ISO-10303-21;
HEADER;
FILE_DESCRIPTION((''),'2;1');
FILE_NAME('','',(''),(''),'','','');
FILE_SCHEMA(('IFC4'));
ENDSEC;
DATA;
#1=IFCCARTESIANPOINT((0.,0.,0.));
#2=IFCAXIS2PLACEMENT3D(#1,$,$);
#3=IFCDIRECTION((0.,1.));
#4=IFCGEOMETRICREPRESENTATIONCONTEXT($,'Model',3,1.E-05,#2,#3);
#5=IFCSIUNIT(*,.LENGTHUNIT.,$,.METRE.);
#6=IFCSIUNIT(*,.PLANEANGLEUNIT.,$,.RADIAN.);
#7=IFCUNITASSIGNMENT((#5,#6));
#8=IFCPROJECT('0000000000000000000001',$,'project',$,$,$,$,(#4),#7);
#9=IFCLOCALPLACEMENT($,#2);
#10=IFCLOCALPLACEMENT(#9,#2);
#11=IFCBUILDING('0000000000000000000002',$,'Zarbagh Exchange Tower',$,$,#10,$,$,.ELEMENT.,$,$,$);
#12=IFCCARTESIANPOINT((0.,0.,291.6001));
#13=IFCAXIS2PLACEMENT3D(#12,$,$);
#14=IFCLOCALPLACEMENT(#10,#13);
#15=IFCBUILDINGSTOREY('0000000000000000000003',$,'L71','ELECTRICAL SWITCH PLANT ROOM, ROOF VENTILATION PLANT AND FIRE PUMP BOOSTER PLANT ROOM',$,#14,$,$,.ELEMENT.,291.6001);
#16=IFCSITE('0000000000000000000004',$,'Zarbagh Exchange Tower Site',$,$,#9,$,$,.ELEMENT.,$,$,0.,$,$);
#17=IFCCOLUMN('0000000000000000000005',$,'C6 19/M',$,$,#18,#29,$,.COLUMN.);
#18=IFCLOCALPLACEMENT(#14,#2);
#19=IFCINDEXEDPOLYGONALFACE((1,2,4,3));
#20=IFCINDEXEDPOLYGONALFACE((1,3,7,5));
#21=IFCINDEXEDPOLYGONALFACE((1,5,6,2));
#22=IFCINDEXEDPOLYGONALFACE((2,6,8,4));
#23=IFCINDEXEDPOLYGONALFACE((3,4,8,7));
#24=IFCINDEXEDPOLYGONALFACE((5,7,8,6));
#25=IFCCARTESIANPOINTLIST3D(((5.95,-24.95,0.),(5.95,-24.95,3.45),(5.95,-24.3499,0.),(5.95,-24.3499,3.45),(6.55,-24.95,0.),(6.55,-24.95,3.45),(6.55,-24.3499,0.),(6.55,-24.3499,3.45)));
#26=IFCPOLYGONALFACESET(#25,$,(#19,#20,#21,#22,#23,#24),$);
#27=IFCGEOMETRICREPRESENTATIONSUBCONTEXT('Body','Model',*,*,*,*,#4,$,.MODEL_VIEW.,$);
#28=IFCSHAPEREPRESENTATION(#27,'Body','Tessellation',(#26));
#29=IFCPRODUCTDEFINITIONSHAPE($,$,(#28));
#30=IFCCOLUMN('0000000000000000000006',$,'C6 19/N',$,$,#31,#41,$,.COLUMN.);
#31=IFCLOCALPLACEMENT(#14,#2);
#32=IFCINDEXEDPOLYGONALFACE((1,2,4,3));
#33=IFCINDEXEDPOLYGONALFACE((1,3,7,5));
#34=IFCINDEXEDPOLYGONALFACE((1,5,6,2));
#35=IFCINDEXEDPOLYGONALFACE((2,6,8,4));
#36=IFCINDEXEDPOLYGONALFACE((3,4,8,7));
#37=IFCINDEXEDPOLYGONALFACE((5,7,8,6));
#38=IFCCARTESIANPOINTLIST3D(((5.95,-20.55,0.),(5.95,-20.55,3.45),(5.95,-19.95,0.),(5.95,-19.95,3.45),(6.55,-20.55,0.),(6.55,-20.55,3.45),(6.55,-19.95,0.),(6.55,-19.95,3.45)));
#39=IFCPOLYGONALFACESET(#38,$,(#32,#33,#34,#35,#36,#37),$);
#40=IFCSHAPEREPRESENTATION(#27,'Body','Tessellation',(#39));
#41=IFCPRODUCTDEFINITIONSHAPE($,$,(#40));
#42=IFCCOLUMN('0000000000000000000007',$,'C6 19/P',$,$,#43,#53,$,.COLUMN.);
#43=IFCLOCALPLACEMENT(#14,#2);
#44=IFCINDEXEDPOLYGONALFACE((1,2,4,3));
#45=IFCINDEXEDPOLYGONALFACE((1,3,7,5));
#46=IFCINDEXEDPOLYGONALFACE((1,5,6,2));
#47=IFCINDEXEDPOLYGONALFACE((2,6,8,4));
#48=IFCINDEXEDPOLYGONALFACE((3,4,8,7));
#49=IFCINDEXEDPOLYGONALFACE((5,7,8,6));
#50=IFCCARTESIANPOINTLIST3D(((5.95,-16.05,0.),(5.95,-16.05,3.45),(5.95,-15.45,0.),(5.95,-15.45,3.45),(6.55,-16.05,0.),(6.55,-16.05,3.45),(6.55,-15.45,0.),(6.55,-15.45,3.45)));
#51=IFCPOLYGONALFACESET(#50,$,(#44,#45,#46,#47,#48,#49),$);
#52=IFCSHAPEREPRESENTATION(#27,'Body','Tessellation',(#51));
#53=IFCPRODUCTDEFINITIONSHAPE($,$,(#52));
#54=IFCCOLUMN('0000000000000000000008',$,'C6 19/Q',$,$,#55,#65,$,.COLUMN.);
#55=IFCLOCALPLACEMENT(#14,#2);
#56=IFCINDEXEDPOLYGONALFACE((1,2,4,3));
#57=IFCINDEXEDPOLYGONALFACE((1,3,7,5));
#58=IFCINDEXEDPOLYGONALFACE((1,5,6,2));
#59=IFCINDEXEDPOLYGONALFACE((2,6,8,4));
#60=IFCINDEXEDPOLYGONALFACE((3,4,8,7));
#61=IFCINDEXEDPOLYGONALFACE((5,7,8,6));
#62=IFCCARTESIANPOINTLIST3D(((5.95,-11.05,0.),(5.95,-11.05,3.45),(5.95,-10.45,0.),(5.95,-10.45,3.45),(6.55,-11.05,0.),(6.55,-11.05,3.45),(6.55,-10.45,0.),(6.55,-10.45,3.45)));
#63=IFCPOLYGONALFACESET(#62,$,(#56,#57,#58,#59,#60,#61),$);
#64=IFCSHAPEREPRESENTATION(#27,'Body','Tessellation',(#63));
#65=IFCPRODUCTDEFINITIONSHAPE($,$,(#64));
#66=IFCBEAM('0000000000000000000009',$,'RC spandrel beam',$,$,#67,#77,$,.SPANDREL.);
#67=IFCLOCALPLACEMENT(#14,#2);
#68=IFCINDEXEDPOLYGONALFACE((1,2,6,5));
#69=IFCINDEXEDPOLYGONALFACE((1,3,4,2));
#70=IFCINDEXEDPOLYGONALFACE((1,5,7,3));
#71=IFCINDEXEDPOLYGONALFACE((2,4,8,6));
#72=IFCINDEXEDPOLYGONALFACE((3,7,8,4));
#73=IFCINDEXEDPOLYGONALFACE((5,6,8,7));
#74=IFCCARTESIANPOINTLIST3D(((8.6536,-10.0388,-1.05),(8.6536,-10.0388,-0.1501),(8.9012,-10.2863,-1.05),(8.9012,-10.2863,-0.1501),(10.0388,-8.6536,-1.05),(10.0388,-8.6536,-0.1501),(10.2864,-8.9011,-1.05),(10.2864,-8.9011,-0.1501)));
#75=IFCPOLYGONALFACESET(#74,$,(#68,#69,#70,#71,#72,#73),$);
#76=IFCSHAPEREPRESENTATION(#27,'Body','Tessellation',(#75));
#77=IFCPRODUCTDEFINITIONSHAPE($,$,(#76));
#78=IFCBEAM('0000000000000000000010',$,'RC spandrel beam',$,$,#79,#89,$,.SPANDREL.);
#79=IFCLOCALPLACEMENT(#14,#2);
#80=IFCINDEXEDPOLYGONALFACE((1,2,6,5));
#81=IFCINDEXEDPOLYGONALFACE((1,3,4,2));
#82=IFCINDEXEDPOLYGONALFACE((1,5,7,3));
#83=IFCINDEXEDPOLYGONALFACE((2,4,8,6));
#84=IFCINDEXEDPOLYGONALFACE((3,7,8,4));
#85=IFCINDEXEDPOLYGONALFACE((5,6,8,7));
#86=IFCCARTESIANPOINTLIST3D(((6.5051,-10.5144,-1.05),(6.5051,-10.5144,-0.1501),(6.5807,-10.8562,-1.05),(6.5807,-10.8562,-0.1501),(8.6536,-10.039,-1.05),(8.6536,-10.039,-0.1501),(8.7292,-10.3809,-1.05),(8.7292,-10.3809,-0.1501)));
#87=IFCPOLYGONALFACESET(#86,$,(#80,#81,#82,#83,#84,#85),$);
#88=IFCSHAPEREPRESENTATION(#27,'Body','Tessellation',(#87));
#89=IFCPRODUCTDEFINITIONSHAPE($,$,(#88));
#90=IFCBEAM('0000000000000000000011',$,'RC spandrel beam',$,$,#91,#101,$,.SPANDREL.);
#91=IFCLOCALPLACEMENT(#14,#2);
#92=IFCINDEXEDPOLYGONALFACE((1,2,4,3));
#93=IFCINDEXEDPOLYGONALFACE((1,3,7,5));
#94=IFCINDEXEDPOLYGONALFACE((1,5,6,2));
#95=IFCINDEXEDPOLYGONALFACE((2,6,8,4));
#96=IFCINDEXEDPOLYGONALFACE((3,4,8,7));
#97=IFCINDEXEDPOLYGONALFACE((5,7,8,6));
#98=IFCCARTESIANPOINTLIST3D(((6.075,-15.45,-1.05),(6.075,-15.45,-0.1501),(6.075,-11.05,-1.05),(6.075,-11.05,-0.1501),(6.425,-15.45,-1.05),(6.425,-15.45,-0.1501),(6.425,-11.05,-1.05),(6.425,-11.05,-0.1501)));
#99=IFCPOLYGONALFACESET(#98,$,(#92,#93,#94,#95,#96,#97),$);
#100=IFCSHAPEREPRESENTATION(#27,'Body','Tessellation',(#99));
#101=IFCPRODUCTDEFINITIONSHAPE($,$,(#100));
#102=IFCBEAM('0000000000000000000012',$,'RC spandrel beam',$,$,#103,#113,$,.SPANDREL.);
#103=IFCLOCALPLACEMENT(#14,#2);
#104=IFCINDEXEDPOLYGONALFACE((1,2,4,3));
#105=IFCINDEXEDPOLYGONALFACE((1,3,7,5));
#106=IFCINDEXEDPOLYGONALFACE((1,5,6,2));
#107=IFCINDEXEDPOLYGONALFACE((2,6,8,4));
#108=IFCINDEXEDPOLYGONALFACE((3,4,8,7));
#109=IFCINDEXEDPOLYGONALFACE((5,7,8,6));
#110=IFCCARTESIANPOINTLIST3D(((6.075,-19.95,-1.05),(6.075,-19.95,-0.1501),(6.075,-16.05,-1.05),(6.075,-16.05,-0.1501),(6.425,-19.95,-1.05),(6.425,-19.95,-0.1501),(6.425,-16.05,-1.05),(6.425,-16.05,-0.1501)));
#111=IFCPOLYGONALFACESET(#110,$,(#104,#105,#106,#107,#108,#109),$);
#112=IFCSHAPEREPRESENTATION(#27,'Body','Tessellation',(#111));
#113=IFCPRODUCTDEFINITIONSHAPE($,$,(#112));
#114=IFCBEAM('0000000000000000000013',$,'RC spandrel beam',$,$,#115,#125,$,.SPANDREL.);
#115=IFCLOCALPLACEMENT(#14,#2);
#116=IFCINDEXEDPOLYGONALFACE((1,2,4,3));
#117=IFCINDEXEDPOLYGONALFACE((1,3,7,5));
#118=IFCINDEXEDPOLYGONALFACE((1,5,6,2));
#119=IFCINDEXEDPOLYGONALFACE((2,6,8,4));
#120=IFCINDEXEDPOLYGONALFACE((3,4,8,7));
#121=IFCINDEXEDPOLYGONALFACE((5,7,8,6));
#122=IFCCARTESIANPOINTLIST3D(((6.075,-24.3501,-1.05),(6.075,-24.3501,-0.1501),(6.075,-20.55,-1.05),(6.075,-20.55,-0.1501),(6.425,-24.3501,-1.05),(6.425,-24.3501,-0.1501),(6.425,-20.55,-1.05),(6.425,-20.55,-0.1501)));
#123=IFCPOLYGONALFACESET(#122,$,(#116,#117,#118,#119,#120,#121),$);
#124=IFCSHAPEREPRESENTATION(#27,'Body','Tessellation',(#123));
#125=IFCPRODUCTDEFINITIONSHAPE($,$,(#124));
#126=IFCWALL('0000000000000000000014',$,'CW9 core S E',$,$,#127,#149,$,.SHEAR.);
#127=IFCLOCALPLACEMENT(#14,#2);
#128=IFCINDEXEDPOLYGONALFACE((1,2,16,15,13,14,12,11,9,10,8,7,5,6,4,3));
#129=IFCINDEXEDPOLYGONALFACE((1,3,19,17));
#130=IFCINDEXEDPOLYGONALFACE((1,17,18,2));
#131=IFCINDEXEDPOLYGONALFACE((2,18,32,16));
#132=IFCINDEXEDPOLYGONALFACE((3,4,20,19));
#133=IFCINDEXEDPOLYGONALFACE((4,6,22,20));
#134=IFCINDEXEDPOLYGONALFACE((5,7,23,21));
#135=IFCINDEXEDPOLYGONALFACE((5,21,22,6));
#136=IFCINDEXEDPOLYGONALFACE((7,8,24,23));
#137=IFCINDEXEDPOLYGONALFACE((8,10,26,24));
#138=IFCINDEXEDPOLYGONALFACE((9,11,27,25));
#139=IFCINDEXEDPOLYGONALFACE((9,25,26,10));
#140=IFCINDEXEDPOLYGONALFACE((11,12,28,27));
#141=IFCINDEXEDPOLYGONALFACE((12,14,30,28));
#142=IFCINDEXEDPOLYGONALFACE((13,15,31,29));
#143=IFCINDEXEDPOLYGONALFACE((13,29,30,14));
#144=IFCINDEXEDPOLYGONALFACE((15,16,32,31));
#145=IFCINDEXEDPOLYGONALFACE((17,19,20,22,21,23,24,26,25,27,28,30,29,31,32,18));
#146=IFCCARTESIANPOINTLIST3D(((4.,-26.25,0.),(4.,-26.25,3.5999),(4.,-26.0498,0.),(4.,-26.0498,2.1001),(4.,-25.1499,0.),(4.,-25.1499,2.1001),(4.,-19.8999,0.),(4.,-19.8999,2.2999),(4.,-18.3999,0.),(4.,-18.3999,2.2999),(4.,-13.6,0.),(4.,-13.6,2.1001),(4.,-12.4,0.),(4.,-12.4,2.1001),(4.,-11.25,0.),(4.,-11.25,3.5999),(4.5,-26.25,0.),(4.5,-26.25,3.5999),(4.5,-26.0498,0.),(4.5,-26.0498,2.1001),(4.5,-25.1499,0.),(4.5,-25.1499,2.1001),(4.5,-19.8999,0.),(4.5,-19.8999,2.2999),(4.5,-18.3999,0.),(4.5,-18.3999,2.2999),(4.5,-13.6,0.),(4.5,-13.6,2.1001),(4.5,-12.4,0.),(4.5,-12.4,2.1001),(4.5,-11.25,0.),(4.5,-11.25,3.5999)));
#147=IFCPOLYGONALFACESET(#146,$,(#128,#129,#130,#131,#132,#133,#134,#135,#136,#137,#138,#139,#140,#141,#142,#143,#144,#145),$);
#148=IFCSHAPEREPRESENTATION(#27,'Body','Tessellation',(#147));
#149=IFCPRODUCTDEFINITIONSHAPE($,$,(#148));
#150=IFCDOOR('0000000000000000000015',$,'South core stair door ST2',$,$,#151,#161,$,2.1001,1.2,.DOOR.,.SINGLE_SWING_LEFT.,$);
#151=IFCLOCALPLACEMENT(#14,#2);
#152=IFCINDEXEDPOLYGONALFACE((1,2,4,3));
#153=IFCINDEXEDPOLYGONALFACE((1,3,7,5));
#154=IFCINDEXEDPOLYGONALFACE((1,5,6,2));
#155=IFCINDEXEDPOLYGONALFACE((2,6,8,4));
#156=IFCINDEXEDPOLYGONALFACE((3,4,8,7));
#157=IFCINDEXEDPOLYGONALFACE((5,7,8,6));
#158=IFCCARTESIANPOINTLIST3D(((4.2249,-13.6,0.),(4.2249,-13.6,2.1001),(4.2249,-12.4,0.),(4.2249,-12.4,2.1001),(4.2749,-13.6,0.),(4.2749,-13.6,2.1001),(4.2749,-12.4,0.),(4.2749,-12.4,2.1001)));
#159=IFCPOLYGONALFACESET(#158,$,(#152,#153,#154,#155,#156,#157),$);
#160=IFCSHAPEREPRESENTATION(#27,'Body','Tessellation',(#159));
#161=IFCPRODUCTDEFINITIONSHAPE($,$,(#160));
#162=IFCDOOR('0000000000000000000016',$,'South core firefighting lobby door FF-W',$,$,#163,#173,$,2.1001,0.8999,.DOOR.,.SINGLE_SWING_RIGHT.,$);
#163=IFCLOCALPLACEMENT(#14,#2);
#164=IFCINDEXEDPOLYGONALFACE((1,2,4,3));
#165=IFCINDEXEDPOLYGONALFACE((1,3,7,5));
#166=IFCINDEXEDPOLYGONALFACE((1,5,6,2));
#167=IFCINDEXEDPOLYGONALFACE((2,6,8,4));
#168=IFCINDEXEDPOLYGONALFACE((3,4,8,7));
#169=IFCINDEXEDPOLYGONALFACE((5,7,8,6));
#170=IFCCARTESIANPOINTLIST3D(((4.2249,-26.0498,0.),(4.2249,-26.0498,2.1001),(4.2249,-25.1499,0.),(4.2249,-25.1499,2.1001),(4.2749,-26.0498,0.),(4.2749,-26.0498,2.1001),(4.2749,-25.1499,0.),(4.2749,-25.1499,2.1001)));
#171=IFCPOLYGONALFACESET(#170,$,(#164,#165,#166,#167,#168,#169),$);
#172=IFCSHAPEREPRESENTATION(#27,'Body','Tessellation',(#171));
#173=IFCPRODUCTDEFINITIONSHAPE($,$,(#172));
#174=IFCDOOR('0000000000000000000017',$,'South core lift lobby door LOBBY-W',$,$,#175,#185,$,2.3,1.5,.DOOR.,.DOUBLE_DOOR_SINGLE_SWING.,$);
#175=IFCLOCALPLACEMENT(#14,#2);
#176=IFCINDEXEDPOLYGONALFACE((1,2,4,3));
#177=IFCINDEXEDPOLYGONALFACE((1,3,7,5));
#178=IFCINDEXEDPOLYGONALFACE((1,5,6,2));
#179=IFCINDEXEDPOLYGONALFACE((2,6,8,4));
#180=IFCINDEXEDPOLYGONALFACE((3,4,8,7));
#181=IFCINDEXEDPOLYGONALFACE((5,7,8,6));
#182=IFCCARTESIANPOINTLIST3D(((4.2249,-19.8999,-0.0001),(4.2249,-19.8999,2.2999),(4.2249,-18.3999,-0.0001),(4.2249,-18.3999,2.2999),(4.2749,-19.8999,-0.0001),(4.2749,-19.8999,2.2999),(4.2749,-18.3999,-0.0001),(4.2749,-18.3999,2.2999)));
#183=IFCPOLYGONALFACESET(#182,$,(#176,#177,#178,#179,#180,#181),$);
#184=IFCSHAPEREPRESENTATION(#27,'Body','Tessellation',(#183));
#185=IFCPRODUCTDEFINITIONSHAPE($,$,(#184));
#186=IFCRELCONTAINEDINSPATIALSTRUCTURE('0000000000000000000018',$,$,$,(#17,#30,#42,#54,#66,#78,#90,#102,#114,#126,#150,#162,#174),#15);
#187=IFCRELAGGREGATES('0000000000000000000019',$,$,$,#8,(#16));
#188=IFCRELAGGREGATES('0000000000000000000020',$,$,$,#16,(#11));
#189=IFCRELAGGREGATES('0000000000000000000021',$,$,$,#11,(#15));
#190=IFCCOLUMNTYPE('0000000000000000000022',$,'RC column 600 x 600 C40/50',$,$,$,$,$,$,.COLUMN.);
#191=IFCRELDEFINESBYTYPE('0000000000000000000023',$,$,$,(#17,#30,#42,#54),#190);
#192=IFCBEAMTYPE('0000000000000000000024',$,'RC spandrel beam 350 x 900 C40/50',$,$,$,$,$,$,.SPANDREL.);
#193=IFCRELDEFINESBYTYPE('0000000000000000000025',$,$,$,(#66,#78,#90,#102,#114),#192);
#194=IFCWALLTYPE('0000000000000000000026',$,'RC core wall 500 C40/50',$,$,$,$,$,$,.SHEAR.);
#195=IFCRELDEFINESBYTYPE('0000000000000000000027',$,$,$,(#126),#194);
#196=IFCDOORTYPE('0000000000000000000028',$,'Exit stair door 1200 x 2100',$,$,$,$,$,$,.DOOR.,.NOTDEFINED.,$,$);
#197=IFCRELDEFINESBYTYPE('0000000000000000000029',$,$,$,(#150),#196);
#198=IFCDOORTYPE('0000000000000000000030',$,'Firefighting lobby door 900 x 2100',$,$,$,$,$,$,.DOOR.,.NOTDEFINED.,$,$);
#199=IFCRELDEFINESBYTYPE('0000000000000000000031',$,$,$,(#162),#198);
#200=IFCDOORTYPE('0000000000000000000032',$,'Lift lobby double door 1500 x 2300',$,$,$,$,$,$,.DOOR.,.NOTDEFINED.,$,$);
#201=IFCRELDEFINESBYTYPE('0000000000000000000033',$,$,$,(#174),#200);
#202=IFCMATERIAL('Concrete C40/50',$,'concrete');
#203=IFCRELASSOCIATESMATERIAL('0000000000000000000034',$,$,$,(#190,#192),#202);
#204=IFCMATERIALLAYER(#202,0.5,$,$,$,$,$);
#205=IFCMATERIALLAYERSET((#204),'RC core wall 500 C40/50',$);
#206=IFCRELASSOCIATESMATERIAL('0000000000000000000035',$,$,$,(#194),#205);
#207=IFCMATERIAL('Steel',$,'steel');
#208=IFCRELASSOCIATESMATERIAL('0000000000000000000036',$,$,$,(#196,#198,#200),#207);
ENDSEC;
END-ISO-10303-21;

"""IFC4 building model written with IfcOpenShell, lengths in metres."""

from ifc_helpers import new_model, si_unit, direction, frame, frame_2d, origin, origin_2d, place, context, subcontext, project, spatial, rectangle, extrude, material, layer, layer_set, material_profile, profile_set, type_object, element, fill, save


model = new_model("IFC4")

# Units and contexts
model_context = context("Model", 3, precision=1e-05, world=origin(), true_north=direction((0.0, 1.0)))
body_context = subcontext(model_context, "Body", "Model", "MODEL_VIEW")
ifc_project = project(units=[si_unit("LENGTHUNIT", "METRE"), si_unit("PLANEANGLEUNIT", "RADIAN")], contexts=[model_context])

# Site, building, storey
site_placement = place(None, origin())
site = spatial("IfcSite", under=ifc_project, at=site_placement, Name="Zarbagh Exchange Tower Site", CompositionType="ELEMENT", RefElevation=0.0)
building_placement = place(site_placement, origin())
building = spatial("IfcBuilding", under=site, at=building_placement, Name="Zarbagh Exchange Tower", CompositionType="ELEMENT")
storey_placement = place(building_placement, frame((0.0, 0.0, 291.6001)))
storey = spatial("IfcBuildingStorey", under=building, at=storey_placement, Name="L71", Description="ELECTRICAL SWITCH PLANT ROOM, ROOF VENTILATION PLANT AND FIRE PUMP BOOSTER PLANT ROOM", CompositionType="ELEMENT", Elevation=291.6001)

# Columns
ifc_material_1 = material(Name="Concrete C40/50", Category="concrete")
ifc_material_profile_1 = material_profile(ifc_material_1, rectangle(XDim=0.6001, YDim=0.6001, at=origin_2d()), Name="RC column 600 x 600 C40/50")
ifc_profile_set_1 = profile_set([ifc_material_profile_1], Name="Concrete C40/50")
column_type = type_object("IfcColumnType", Name="RC column 600 x 600 C40/50", PredefinedType="COLUMN", material=ifc_profile_set_1)
for number, where, z_axis, x_axis, name in (
    (1, (6.25, -24.6499, 0.0), (0.0, 0.0, 1.0), (1.0, 0.0, 0.0), "C6 19/M"),
    (2, (6.25, -20.25, 0.0), (0.0, 0.0, 1.0), (1.0, 0.0, 0.0), "C6 19/N"),
    (3, (6.25, -15.75, 0.0), (0.0, 0.0, 1.0), (1.0, 0.0, 0.0), "C6 19/P"),
    (4, (6.25, -10.75, 0.0), (0.0, 0.0, 1.0), (1.0, 0.0, 0.0), "C6 19/Q"),
):
    element("IfcColumn", number, at=place(storey_placement, frame(where, z_axis=z_axis, x_axis=x_axis)), inside=storey, type_object=column_type, Name=name, PredefinedType="COLUMN", context=body_context, shape_type="SweptSolid", body=[
        extrude(rectangle(XDim=0.6001, YDim=0.6001, at=origin_2d()), origin(), (0.0, 0.0, 1.0), 3.45),
    ])

# Beams
ifc_material_profile_2 = material_profile(ifc_material_1, rectangle(XDim=0.3501, YDim=0.8999, at=origin_2d()), Name="RC spandrel beam 350 x 900 C40/50")
ifc_profile_set_2 = profile_set([ifc_material_profile_2], Name="Concrete C40/50")
beam_type = type_object("IfcBeamType", Name="RC spandrel beam 350 x 900 C40/50", PredefinedType="SPANDREL", material=ifc_profile_set_2)
beam_1_placement = place(storey_placement, frame((10.1626, -8.7773, -0.6001), z_axis=(-0.707107, -0.707107, 0.0), x_axis=(0.707107, -0.707107, 0.0)))
element("IfcBeam", 5, at=beam_1_placement, inside=storey, type_object=beam_type, Name="RC spandrel beam", PredefinedType="SPANDREL", context=body_context, shape_type="SweptSolid", body=[
    extrude(rectangle(XDim=0.3501, YDim=0.8999, at=origin_2d()), origin(), (0.0, 0.0, 1.0), 1.959),
])
beam_2_placement = place(storey_placement, frame((8.6914, -10.21, -0.6001), z_axis=(-0.976388, -0.216026, 0.0), x_axis=(0.216026, -0.976388, 0.0)))
element("IfcBeam", 6, at=beam_2_placement, inside=storey, type_object=beam_type, Name="RC spandrel beam", PredefinedType="SPANDREL", context=body_context, shape_type="SweptSolid", body=[
    extrude(rectangle(XDim=0.3501, YDim=0.8999, at=origin_2d()), origin(), (0.0, 0.0, 1.0), 2.2004),
])
beam_3_placement = place(storey_placement, frame((6.25, -11.05, -0.6001), z_axis=(0.0, -1.0, 0.0), x_axis=(1.0, 0.0, 0.0)))
element("IfcBeam", 7, at=beam_3_placement, inside=storey, type_object=beam_type, Name="RC spandrel beam", PredefinedType="SPANDREL", context=body_context, shape_type="SweptSolid", body=[
    extrude(rectangle(XDim=0.3501, YDim=0.8999, at=origin_2d()), origin(), (0.0, 0.0, 1.0), 4.3999),
])
beam_4_placement = place(storey_placement, frame((6.25, -16.05, -0.6001), z_axis=(0.0, -1.0, 0.0), x_axis=(1.0, 0.0, 0.0)))
element("IfcBeam", 8, at=beam_4_placement, inside=storey, type_object=beam_type, Name="RC spandrel beam", PredefinedType="SPANDREL", context=body_context, shape_type="SweptSolid", body=[
    extrude(rectangle(XDim=0.3501, YDim=0.8999, at=origin_2d()), origin(), (0.0, 0.0, 1.0), 3.8999),
])
beam_5_placement = place(storey_placement, frame((6.25, -20.55, -0.6001), z_axis=(0.0, -1.0, 0.0), x_axis=(1.0, 0.0, 0.0)))
element("IfcBeam", 9, at=beam_5_placement, inside=storey, type_object=beam_type, Name="RC spandrel beam", PredefinedType="SPANDREL", context=body_context, shape_type="SweptSolid", body=[
    extrude(rectangle(XDim=0.3501, YDim=0.8999, at=origin_2d()), origin(), (0.0, 0.0, 1.0), 3.8),
])

# Wall, openings, doors
ifc_layer_1 = layer(ifc_material_1, 0.5)
ifc_layer_set_1 = layer_set([ifc_layer_1], Name="RC core wall 500 C40/50")
wall_type_1 = type_object("IfcWallType", Name="RC core wall 500 C40/50", PredefinedType="SHEAR", material=ifc_layer_set_1)
wall_1_placement = place(storey_placement, frame((4.25, -11.25, 0.0), z_axis=(0.0, 0.0, 1.0), x_axis=(0.0, -1.0, 0.0)))
wall_1 = element("IfcWall", 10, at=wall_1_placement, inside=storey, type_object=wall_type_1, Name="CW9 core S E", PredefinedType="SHEAR", context=body_context, shape_type="SweptSolid", body=[
    extrude(rectangle(XDim=15.0, YDim=0.5, at=frame_2d((7.5, 0.0))), origin(), (0.0, 0.0, 1.0), 3.5999),
])
opening_1_placement = place(wall_1_placement, frame((7.1499, 0.0, 0.0)))
opening_1 = element("IfcOpeningElement", 11, at=opening_1_placement, cuts=wall_1, PredefinedType="OPENING", context=body_context, shape_type="SweptSolid", body=[
    extrude(rectangle(XDim=1.5, YDim=2.3, at=frame_2d((0.75, 1.1499))), frame((0.0, 0.26, 0.0), z_axis=(0.0, -1.0, 0.0), x_axis=(1.0, 0.0, 0.0)), (0.0, 0.0, 1.0), 0.52),
])
opening_2_placement = place(wall_1_placement, frame((13.8999, 0.0, 0.0)))
opening_2 = element("IfcOpeningElement", 12, at=opening_2_placement, cuts=wall_1, PredefinedType="OPENING", context=body_context, shape_type="SweptSolid", body=[
    extrude(rectangle(XDim=0.8999, YDim=2.1001, at=frame_2d((0.45, 1.05))), frame((0.0, 0.26, 0.0), z_axis=(0.0, -1.0, 0.0), x_axis=(1.0, 0.0, 0.0)), (0.0, 0.0, 1.0), 0.52),
])
opening_3_placement = place(wall_1_placement, frame((1.1499, 0.0, 0.0)))
opening_3 = element("IfcOpeningElement", 13, at=opening_3_placement, cuts=wall_1, PredefinedType="OPENING", context=body_context, shape_type="SweptSolid", body=[
    extrude(rectangle(XDim=1.2, YDim=2.1001, at=frame_2d((0.6001, 1.05))), frame((0.0, 0.26, 0.0), z_axis=(0.0, -1.0, 0.0), x_axis=(1.0, 0.0, 0.0)), (0.0, 0.0, 1.0), 0.52),
])
ifc_material_2 = material(Name="Steel", Category="steel")
door_type_1 = type_object("IfcDoorType", Name="Exit stair door 1200 x 2100", OperationType="NOTDEFINED", PredefinedType="DOOR", material=ifc_material_2)
door_1_placement = place(opening_3_placement, origin())
door_1 = element("IfcDoor", 14, at=door_1_placement, inside=storey, type_object=door_type_1, Name="South core stair door ST2", OperationType="SINGLE_SWING_LEFT", OverallHeight=2.1001, OverallWidth=1.2, PredefinedType="DOOR", context=body_context, shape_type="SweptSolid", body=[
    extrude(rectangle(XDim=1.2, YDim=2.1001, at=frame_2d((0.6001, 1.05))), frame((0.0, 0.0249, 0.0), z_axis=(0.0, -1.0, 0.0), x_axis=(1.0, 0.0, 0.0)), (0.0, 0.0, 1.0), 0.05),
])
fill(opening_3, door_1)
door_type_2 = type_object("IfcDoorType", Name="Firefighting lobby door 900 x 2100", OperationType="NOTDEFINED", PredefinedType="DOOR", material=ifc_material_2)
door_2_placement = place(opening_2_placement, origin())
door_2 = element("IfcDoor", 15, at=door_2_placement, inside=storey, type_object=door_type_2, Name="South core firefighting lobby door FF-W", OperationType="SINGLE_SWING_RIGHT", OverallHeight=2.1001, OverallWidth=0.8999, PredefinedType="DOOR", context=body_context, shape_type="SweptSolid", body=[
    extrude(rectangle(XDim=0.8999, YDim=2.1001, at=frame_2d((0.45, 1.05))), frame((0.0, 0.0249, 0.0), z_axis=(0.0, -1.0, 0.0), x_axis=(1.0, 0.0, 0.0)), (0.0, 0.0, 1.0), 0.05),
])
fill(opening_2, door_2)
door_type_3 = type_object("IfcDoorType", Name="Lift lobby double door 1500 x 2300", OperationType="NOTDEFINED", PredefinedType="DOOR", material=ifc_material_2)
door_3_placement = place(opening_1_placement, origin())
door_3 = element("IfcDoor", 16, at=door_3_placement, inside=storey, type_object=door_type_3, Name="South core lift lobby door LOBBY-W", OperationType="DOUBLE_DOOR_SINGLE_SWING", OverallHeight=2.3, OverallWidth=1.5, PredefinedType="DOOR", context=body_context, shape_type="SweptSolid", body=[
    extrude(rectangle(XDim=1.5, YDim=2.3, at=frame_2d((0.75, 1.1499))), frame((0.0, 0.0249, 0.0), z_axis=(0.0, -1.0, 0.0), x_axis=(1.0, 0.0, 0.0)), (0.0, 0.0, 1.0), 0.05),
])
fill(opening_1, door_3)

save(model, "model.ifc")
